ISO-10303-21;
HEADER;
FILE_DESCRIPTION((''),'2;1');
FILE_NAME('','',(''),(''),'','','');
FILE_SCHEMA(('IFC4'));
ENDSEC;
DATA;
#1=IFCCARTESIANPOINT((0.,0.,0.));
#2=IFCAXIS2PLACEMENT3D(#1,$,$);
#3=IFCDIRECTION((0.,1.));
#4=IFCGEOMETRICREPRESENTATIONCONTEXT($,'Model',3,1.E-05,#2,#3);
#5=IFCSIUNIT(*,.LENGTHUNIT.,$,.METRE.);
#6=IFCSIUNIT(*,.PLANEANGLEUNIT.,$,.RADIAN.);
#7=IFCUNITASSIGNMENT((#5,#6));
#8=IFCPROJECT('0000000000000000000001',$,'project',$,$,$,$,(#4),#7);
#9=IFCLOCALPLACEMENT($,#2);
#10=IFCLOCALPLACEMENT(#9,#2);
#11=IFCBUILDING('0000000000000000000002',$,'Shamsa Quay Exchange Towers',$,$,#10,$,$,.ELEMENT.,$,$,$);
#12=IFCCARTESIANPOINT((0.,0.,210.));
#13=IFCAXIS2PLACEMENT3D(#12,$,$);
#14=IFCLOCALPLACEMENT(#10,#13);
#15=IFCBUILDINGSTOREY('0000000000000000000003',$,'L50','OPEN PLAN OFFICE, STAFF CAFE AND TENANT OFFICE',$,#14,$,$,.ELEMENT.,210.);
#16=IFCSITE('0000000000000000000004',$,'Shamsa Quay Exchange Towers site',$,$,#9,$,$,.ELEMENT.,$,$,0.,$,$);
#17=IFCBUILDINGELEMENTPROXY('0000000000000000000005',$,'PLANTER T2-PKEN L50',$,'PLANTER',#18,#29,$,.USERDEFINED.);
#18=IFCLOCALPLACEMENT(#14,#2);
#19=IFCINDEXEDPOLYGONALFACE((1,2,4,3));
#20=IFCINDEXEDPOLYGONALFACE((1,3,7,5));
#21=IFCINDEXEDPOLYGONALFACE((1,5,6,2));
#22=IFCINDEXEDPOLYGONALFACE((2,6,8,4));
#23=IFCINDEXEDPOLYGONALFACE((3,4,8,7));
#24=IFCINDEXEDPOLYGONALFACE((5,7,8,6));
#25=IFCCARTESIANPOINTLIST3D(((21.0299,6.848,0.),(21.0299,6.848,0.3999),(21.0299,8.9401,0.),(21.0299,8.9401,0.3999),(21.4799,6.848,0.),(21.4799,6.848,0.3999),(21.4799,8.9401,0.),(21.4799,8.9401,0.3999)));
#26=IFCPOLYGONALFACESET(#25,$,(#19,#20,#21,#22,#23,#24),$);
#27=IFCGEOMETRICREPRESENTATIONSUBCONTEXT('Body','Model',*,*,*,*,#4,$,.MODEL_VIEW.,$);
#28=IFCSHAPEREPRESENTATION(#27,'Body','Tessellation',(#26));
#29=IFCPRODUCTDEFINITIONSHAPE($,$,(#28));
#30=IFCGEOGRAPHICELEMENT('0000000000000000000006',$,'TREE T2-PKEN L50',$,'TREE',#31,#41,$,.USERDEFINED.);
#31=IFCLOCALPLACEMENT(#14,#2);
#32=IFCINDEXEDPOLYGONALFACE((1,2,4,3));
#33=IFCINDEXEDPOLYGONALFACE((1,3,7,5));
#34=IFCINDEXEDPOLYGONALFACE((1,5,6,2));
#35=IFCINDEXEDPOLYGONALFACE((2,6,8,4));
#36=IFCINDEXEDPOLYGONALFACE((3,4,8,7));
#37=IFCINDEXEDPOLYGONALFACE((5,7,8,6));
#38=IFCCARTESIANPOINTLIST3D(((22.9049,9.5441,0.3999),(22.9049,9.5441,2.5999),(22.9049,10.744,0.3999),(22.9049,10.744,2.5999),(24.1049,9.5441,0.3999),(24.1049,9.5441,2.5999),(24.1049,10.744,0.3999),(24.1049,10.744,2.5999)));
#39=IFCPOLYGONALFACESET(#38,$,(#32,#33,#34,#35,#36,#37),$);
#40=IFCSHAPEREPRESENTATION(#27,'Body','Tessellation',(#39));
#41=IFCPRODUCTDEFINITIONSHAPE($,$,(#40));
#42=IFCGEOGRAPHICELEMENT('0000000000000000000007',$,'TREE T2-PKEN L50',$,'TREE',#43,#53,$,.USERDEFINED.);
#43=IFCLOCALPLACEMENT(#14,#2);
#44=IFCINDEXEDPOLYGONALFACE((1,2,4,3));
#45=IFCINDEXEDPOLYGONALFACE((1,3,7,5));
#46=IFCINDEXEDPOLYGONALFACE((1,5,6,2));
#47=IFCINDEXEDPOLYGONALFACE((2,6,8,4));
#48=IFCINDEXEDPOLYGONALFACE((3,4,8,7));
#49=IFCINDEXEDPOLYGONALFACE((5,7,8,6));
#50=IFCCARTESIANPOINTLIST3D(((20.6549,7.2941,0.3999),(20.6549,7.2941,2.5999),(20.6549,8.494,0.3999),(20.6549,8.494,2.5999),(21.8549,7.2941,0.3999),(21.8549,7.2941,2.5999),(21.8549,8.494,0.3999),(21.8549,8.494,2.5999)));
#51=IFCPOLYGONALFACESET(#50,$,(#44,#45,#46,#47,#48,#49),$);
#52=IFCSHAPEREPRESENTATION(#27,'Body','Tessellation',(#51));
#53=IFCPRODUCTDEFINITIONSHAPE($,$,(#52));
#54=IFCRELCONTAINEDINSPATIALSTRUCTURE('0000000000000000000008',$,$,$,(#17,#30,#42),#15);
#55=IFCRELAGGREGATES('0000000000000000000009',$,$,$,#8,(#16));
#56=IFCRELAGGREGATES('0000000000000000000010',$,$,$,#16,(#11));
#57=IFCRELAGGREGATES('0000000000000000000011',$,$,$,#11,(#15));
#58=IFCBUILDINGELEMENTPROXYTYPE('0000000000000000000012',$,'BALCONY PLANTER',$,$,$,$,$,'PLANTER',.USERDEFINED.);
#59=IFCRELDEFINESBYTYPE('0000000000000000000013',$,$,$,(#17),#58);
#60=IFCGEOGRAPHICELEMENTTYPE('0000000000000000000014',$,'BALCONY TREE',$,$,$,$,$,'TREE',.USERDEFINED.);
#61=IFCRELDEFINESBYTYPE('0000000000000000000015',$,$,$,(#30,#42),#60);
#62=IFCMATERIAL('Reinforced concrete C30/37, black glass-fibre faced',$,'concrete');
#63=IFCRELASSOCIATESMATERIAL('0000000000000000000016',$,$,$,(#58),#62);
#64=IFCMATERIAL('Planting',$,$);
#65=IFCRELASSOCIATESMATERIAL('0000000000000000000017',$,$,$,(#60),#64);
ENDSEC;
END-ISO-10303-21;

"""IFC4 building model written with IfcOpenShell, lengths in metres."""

from ifc_helpers import new_model, si_unit, direction, frame, origin, origin_2d, place, context, subcontext, project, spatial, rectangle, extrude, material, type_object, element, save


model = new_model("IFC4")

# Units and contexts
model_context = context("Model", 3, precision=1e-05, world=origin(), true_north=direction((0.0, 1.0)))
body_context = subcontext(model_context, "Body", "Model", "MODEL_VIEW")
ifc_project = project(units=[si_unit("LENGTHUNIT", "METRE"), si_unit("PLANEANGLEUNIT", "RADIAN")], contexts=[model_context])

# Site, building, storey
site_placement = place(None, origin())
site = spatial("IfcSite", under=ifc_project, at=site_placement, Name="Shamsa Quay Exchange Towers site", CompositionType="ELEMENT", RefElevation=0.0)
building_placement = place(site_placement, origin())
building = spatial("IfcBuilding", under=site, at=building_placement, Name="Shamsa Quay Exchange Towers", CompositionType="ELEMENT")
storey_placement = place(building_placement, frame((0.0, 0.0, 210.0)))
storey = spatial("IfcBuildingStorey", under=building, at=storey_placement, Name="L50", Description="OPEN PLAN OFFICE, STAFF CAFE AND TENANT OFFICE", CompositionType="ELEMENT", Elevation=210.0)

# Building element proxy
ifc_material_1 = material(Name="Reinforced concrete C30/37, black glass-fibre faced", Category="concrete")
building_element_proxy_type = type_object("IfcBuildingElementProxyType", Name="BALCONY PLANTER", ElementType="PLANTER", PredefinedType="USERDEFINED", material=ifc_material_1)
for number, where, z_axis, x_axis, name in (
    (1, (21.2549, 7.894, 0.0), (0.0, 0.0, 1.0), (0.0, -1.0, 0.0), "PLANTER T2-PKEN L50"),
):
    element("IfcBuildingElementProxy", number, at=place(storey_placement, frame(where, z_axis=z_axis, x_axis=x_axis)), inside=storey, type_object=building_element_proxy_type, Name=name, ObjectType="PLANTER", PredefinedType="USERDEFINED", context=body_context, shape_type="SweptSolid", body=[
        extrude(rectangle(XDim=2.092, YDim=0.45, at=origin_2d()), origin(), (0.0, 0.0, 1.0), 0.3999),
    ])

# Geographic elements
ifc_material_2 = material(Name="Planting")
geographic_element_type = type_object("IfcGeographicElementType", Name="BALCONY TREE", ElementType="TREE", PredefinedType="USERDEFINED", material=ifc_material_2)
for number, where, z_axis, x_axis, name in (
    (2, (23.5049, 10.144, 0.3999), (0.0, 0.0, 1.0), (0.0, -1.0, 0.0), "TREE T2-PKEN L50"),
    (3, (21.2549, 7.894, 0.3999), (0.0, 0.0, 1.0), (0.0, -1.0, 0.0), "TREE T2-PKEN L50"),
):
    element("IfcGeographicElement", number, at=place(storey_placement, frame(where, z_axis=z_axis, x_axis=x_axis)), inside=storey, type_object=geographic_element_type, Name=name, ObjectType="TREE", PredefinedType="USERDEFINED", context=body_context, shape_type="SweptSolid", body=[
        extrude(rectangle(XDim=1.2, YDim=1.2, at=origin_2d()), origin(), (0.0, 0.0, 1.0), 2.2),
    ])

save(model, "model.ifc")
